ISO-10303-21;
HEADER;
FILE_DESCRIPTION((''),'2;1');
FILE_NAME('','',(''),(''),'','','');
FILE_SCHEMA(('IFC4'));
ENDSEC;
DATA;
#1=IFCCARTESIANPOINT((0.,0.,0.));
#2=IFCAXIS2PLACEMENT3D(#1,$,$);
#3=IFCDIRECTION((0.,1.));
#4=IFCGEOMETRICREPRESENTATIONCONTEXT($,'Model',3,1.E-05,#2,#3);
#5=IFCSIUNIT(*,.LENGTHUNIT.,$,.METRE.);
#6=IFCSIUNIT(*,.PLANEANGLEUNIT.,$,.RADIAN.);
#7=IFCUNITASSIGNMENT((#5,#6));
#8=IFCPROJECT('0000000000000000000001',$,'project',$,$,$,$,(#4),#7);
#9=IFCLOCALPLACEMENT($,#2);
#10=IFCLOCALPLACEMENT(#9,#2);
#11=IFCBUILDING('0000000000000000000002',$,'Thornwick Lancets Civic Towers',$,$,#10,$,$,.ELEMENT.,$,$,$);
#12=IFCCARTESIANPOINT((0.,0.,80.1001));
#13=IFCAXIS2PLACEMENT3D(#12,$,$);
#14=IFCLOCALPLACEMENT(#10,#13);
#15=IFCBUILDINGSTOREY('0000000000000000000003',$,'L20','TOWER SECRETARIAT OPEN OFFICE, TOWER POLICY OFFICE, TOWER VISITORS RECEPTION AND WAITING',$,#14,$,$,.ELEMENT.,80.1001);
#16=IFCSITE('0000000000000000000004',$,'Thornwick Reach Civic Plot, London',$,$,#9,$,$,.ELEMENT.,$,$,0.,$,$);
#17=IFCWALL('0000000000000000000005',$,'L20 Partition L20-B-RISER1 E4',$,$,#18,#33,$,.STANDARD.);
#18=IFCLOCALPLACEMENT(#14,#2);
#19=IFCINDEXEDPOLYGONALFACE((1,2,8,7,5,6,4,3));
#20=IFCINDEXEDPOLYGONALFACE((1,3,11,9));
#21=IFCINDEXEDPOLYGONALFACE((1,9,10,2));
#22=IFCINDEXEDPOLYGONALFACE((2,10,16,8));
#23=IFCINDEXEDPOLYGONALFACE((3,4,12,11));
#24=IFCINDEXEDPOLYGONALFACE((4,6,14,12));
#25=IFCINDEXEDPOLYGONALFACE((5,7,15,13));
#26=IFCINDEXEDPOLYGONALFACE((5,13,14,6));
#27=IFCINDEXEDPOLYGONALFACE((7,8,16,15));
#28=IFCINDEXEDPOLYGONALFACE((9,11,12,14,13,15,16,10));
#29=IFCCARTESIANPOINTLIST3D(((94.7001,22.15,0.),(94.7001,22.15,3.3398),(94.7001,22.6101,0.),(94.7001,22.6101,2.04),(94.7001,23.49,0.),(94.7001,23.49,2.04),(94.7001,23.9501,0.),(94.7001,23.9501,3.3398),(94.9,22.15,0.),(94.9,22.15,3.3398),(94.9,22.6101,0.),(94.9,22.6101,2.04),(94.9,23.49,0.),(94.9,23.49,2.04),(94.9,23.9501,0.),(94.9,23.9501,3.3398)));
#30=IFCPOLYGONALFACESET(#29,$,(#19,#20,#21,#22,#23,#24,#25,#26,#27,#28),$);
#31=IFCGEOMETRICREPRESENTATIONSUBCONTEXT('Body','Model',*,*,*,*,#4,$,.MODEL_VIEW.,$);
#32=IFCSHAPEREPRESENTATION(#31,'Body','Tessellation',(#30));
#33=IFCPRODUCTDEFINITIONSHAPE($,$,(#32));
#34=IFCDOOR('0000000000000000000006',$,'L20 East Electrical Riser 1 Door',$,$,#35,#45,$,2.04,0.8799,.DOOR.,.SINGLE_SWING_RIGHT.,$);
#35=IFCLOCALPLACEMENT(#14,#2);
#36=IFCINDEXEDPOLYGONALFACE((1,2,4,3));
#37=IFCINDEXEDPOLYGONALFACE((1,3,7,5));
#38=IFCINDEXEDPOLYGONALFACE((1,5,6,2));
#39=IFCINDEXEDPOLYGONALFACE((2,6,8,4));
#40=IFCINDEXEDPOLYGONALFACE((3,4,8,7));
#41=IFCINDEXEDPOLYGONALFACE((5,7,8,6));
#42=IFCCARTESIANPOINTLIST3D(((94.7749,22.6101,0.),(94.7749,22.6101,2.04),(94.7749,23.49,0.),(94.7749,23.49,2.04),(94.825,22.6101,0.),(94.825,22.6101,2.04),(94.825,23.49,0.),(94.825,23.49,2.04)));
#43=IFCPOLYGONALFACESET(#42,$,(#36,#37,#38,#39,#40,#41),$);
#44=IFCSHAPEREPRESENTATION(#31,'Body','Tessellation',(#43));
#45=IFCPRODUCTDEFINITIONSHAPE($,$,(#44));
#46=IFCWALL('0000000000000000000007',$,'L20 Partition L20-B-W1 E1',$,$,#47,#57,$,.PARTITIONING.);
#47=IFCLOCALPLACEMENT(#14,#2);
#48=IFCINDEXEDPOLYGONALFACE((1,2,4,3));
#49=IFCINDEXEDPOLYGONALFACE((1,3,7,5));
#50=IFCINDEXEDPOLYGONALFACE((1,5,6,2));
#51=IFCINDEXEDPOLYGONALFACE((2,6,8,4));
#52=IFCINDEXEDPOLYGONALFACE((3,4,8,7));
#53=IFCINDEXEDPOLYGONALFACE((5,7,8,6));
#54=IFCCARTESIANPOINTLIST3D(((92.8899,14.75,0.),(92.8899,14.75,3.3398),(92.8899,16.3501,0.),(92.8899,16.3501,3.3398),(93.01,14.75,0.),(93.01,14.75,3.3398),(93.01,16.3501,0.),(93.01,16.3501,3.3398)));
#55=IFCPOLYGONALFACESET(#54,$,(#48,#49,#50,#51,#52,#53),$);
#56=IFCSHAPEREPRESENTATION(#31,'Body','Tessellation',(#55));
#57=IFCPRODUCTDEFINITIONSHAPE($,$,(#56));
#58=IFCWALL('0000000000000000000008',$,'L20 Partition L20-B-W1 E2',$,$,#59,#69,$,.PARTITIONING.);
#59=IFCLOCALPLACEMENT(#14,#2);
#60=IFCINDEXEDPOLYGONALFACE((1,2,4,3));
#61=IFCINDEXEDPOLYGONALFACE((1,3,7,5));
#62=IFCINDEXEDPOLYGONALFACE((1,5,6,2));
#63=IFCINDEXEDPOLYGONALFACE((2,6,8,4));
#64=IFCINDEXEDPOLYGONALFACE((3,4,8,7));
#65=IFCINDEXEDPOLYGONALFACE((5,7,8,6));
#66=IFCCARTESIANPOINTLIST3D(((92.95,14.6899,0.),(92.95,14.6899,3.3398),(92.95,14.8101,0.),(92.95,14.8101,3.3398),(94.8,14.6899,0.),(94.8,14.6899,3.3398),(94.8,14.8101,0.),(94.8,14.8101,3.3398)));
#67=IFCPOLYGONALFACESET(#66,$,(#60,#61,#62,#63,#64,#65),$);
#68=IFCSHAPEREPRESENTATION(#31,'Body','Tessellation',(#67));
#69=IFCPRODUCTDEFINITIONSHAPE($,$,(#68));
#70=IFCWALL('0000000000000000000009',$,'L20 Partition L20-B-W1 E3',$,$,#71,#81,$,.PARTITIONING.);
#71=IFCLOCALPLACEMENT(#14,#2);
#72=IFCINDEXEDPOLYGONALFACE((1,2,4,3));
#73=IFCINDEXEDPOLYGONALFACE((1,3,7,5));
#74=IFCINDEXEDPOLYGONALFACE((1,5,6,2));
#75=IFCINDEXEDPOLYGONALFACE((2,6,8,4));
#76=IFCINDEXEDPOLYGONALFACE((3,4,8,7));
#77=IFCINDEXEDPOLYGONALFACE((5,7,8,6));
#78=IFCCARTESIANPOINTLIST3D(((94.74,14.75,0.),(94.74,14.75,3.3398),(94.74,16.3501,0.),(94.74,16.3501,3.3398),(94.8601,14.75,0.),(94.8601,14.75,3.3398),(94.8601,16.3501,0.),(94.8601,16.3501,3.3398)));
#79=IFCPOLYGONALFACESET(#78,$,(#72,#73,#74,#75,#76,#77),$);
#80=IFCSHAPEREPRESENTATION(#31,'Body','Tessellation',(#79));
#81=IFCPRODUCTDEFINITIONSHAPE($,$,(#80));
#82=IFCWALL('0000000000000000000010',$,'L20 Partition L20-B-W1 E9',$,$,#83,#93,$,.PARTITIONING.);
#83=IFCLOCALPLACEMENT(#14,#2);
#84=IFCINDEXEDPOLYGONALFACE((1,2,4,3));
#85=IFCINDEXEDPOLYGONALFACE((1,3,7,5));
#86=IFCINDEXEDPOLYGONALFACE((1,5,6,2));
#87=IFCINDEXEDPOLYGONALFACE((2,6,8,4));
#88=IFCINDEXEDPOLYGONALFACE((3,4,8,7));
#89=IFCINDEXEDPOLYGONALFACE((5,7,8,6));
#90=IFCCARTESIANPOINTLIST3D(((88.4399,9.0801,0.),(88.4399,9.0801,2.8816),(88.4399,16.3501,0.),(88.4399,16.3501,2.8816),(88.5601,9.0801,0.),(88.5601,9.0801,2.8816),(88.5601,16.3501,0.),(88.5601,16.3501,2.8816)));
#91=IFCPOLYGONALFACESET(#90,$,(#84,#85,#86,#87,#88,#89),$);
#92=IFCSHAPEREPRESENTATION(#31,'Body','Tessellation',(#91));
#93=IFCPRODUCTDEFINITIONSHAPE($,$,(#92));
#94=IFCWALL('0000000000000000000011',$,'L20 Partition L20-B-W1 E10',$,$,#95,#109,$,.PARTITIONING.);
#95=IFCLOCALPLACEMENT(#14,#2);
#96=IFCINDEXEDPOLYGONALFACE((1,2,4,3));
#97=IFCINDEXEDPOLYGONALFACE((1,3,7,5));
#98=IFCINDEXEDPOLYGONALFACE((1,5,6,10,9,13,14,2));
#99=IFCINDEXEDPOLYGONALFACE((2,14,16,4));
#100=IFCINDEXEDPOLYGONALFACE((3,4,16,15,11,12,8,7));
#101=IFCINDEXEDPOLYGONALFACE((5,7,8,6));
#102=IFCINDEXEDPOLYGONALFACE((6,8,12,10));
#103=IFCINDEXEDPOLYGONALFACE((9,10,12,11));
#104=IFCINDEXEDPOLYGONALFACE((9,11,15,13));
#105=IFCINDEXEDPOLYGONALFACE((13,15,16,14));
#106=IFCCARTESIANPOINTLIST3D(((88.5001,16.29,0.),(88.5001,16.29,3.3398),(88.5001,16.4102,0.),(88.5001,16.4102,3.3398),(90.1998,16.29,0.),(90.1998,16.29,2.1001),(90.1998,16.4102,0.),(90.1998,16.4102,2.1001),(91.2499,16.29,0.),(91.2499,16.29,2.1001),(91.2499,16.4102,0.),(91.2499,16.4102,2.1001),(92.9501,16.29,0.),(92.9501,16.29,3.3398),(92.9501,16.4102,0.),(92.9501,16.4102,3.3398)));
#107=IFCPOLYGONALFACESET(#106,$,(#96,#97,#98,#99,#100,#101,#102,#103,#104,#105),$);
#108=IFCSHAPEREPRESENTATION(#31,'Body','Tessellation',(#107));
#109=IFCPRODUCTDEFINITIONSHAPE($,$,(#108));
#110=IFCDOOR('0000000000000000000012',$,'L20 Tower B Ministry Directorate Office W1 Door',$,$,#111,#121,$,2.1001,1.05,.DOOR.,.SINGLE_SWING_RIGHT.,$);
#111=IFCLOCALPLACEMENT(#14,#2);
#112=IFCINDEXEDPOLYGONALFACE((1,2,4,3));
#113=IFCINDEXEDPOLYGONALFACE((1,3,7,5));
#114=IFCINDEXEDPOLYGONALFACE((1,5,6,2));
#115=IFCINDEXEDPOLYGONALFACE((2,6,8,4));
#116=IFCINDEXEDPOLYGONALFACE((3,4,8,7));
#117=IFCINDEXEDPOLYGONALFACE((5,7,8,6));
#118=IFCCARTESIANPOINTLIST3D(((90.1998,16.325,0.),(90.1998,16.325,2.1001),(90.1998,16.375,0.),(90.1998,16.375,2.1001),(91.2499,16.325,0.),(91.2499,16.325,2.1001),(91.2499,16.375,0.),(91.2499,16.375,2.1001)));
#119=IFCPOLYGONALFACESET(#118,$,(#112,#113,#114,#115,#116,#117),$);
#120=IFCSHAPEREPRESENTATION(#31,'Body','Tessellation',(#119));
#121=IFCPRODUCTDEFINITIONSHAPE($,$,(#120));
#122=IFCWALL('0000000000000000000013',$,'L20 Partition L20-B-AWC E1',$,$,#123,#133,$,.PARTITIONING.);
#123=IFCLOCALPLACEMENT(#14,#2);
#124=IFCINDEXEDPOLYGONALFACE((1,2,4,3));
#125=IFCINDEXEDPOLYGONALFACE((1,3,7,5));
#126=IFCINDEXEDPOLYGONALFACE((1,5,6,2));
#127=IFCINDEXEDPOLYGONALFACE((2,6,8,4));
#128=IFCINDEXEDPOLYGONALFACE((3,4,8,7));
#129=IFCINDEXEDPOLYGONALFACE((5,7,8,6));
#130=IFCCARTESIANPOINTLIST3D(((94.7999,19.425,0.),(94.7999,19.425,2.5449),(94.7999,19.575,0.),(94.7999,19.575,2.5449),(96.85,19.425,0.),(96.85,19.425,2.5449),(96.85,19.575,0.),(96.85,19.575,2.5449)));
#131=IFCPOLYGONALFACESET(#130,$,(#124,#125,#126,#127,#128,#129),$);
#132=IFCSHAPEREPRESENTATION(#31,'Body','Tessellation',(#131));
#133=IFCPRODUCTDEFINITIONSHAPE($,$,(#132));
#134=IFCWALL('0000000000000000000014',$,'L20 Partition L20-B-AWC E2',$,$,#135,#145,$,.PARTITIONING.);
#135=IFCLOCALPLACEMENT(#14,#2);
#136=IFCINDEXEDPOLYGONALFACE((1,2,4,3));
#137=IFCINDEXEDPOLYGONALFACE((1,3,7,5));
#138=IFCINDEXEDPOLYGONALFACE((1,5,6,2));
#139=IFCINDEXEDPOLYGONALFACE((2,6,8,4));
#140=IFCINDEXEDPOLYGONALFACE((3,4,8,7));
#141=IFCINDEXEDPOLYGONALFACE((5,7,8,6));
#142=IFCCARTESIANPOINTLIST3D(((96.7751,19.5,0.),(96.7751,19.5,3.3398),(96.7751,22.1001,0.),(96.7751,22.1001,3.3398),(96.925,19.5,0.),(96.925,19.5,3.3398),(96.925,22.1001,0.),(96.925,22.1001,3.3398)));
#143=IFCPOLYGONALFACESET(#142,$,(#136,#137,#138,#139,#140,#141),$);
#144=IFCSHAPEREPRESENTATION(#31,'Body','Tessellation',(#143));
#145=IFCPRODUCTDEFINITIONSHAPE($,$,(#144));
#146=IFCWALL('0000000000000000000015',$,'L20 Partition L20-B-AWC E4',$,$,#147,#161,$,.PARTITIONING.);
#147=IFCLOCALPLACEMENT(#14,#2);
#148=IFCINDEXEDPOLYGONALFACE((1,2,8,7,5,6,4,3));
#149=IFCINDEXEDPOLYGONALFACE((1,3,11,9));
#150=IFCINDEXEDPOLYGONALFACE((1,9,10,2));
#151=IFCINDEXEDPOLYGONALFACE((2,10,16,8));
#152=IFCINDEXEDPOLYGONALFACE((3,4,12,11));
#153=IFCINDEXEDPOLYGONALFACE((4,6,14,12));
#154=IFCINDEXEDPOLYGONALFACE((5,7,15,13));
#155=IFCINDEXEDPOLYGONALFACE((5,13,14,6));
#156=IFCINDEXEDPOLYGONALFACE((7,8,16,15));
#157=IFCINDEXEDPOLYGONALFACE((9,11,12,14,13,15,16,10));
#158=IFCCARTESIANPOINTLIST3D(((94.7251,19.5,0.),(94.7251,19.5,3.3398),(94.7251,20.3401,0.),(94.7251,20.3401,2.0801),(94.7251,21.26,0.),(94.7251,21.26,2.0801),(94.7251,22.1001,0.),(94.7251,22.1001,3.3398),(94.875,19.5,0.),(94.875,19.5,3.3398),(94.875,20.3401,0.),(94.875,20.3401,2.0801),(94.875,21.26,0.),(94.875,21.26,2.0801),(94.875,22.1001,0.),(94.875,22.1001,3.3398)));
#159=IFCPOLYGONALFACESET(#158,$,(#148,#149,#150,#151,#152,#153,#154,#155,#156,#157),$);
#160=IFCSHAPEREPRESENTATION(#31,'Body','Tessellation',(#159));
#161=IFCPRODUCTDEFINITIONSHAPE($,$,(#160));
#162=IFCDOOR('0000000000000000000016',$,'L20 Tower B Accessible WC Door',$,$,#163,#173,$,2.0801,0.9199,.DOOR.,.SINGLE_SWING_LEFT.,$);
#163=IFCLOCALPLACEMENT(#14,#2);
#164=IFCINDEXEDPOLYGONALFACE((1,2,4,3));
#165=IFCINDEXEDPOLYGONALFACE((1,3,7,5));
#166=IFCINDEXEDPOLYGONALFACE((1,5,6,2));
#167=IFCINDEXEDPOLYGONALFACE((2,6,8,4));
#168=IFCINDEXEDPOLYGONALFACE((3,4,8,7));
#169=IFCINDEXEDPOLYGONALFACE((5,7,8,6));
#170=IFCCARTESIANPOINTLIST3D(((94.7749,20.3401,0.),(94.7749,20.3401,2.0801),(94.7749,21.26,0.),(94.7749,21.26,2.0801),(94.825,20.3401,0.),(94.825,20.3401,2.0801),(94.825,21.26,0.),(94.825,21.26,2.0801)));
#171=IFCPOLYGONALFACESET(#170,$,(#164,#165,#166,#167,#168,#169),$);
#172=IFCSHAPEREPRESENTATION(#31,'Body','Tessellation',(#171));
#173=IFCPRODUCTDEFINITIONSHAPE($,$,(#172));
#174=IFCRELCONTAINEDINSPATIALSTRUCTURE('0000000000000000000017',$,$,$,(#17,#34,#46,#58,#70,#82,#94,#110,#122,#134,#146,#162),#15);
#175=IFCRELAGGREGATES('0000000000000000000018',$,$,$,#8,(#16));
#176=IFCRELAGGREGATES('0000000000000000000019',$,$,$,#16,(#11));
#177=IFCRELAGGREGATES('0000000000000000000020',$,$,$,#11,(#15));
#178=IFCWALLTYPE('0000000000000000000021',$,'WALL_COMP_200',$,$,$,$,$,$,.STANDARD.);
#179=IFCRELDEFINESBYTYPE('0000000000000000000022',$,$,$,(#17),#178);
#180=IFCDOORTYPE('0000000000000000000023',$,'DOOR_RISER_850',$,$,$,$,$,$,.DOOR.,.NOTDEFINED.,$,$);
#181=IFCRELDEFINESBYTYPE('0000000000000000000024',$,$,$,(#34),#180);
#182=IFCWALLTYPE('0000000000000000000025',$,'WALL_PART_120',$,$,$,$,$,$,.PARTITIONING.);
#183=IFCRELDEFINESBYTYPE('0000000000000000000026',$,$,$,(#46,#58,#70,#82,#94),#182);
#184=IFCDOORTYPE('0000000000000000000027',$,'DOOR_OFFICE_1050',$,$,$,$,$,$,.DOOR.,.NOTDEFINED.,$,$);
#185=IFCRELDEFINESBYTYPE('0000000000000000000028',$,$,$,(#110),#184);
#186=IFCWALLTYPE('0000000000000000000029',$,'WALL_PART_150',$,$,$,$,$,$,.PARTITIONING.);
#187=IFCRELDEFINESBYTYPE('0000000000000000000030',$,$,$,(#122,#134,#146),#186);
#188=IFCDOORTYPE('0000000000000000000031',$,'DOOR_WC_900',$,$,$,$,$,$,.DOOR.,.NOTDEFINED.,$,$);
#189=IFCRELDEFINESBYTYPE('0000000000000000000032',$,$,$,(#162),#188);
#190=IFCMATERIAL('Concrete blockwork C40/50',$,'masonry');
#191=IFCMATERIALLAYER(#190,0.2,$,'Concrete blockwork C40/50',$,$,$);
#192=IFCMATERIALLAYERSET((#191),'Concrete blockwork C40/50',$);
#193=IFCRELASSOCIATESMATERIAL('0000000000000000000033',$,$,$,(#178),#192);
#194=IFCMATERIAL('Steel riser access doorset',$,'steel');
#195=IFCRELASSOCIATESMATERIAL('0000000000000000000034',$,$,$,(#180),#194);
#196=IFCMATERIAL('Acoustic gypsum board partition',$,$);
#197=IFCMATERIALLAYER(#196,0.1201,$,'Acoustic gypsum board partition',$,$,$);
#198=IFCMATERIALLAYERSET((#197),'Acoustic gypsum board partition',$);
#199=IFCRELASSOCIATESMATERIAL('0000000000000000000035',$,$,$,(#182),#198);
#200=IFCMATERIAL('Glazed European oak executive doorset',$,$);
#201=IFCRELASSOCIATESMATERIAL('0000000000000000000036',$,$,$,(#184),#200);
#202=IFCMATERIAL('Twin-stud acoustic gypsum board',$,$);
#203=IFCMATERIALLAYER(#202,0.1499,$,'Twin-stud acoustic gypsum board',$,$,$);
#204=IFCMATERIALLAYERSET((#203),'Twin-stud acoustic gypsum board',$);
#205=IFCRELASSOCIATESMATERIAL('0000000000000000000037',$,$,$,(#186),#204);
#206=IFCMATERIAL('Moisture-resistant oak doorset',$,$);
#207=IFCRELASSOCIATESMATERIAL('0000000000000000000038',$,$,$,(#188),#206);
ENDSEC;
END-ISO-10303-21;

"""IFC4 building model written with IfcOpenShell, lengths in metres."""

from ifc_helpers import new_model, si_unit, direction, frame, frame_2d, origin, place, context, subcontext, project, spatial, rectangle, extrude, material, layer, layer_set, type_object, element, fill, save


model = new_model("IFC4")

# Units and contexts
model_context = context("Model", 3, precision=1e-05, world=origin(), true_north=direction((0.0, 1.0)))
body_context = subcontext(model_context, "Body", "Model", "MODEL_VIEW")
ifc_project = project(units=[si_unit("LENGTHUNIT", "METRE"), si_unit("PLANEANGLEUNIT", "RADIAN")], contexts=[model_context])

# Site, building, storey
site_placement = place(None, origin())
site = spatial("IfcSite", under=ifc_project, at=site_placement, Name="Thornwick Reach Civic Plot, London", CompositionType="ELEMENT", RefElevation=0.0)
building_placement = place(site_placement, origin())
building = spatial("IfcBuilding", under=site, at=building_placement, Name="Thornwick Lancets Civic Towers", CompositionType="ELEMENT")
storey_placement = place(building_placement, frame((0.0, 0.0, 80.1001)))
storey = spatial("IfcBuildingStorey", under=building, at=storey_placement, Name="L20", Description="TOWER SECRETARIAT OPEN OFFICE, TOWER POLICY OFFICE, TOWER VISITORS RECEPTION AND WAITING", CompositionType="ELEMENT", Elevation=80.1001)

# Shared definitions
ifc_material_1 = material(Name="Concrete blockwork C40/50", Category="masonry")
ifc_layer_1 = layer(ifc_material_1, 0.2, Name="Concrete blockwork C40/50")
ifc_layer_set_1 = layer_set([ifc_layer_1], Name="Concrete blockwork C40/50")
wall_type_1 = type_object("IfcWallType", Name="WALL_COMP_200", PredefinedType="STANDARD", material=ifc_layer_set_1)

# Wall, opening, door
wall_1_placement = place(storey_placement, frame((94.8, 23.95, 0.0), z_axis=(0.0, 0.0, 1.0), x_axis=(0.0, -1.0, 0.0)))
wall_1 = element("IfcWall", 1, at=wall_1_placement, inside=storey, type_object=wall_type_1, Name="L20 Partition L20-B-RISER1 E4", PredefinedType="STANDARD", context=body_context, shape_type="SweptSolid", body=[
    extrude(rectangle(XDim=1.8, YDim=0.2, at=frame_2d((0.8999, 0.0))), origin(), (0.0, 0.0, 1.0), 3.3398),
])
opening_1_placement = place(wall_1_placement, frame((0.46, 0.0, 0.0)))
opening_1 = element("IfcOpeningElement", 2, at=opening_1_placement, cuts=wall_1, PredefinedType="OPENING", context=body_context, shape_type="SweptSolid", body=[
    extrude(rectangle(XDim=0.8799, YDim=2.04, at=frame_2d((0.4399, 1.02))), frame((0.0, 0.1099, 0.0), z_axis=(0.0, -1.0, 0.0), x_axis=(1.0, 0.0, 0.0)), (0.0, 0.0, 1.0), 0.22),
])
ifc_material_2 = material(Name="Steel riser access doorset", Category="steel")
door_type_1 = type_object("IfcDoorType", Name="DOOR_RISER_850", OperationType="NOTDEFINED", PredefinedType="DOOR", material=ifc_material_2)
door_1_placement = place(opening_1_placement, origin())
door_1 = element("IfcDoor", 3, at=door_1_placement, inside=storey, type_object=door_type_1, Name="L20 East Electrical Riser 1 Door", OperationType="SINGLE_SWING_RIGHT", OverallHeight=2.04, OverallWidth=0.8799, PredefinedType="DOOR", context=body_context, shape_type="SweptSolid", body=[
    extrude(rectangle(XDim=0.8799, YDim=2.04, at=frame_2d((0.4399, 1.02))), frame((0.0, 0.0249, 0.0), z_axis=(0.0, -1.0, 0.0), x_axis=(1.0, 0.0, 0.0)), (0.0, 0.0, 1.0), 0.05),
])
fill(opening_1, door_1)

# Walls
ifc_material_3 = material(Name="Acoustic gypsum board partition")
ifc_layer_2 = layer(ifc_material_3, 0.1201, Name="Acoustic gypsum board partition")
ifc_layer_set_2 = layer_set([ifc_layer_2], Name="Acoustic gypsum board partition")
wall_type_2 = type_object("IfcWallType", Name="WALL_PART_120", PredefinedType="PARTITIONING", material=ifc_layer_set_2)
wall_2_placement = place(storey_placement, frame((92.95, 16.3501, 0.0), z_axis=(0.0, 0.0, 1.0), x_axis=(0.0, -1.0, 0.0)))
element("IfcWall", 4, at=wall_2_placement, inside=storey, type_object=wall_type_2, Name="L20 Partition L20-B-W1 E1", PredefinedType="PARTITIONING", context=body_context, shape_type="SweptSolid", body=[
    extrude(rectangle(XDim=1.6001, YDim=0.1201, at=frame_2d((0.8, 0.0))), origin(), (0.0, 0.0, 1.0), 3.3398),
])
wall_3_placement = place(storey_placement, frame((92.95, 14.75, 0.0), z_axis=(0.0, 0.0, 1.0), x_axis=(1.0, 0.0, 0.0)))
element("IfcWall", 5, at=wall_3_placement, inside=storey, type_object=wall_type_2, Name="L20 Partition L20-B-W1 E2", PredefinedType="PARTITIONING", context=body_context, shape_type="SweptSolid", body=[
    extrude(rectangle(XDim=1.8501, YDim=0.1201, at=frame_2d((0.925, 0.0))), origin(), (0.0, 0.0, 1.0), 3.3398),
])
wall_4_placement = place(storey_placement, frame((94.8, 14.75, 0.0), z_axis=(0.0, 0.0, 1.0), x_axis=(0.0, 1.0, 0.0)))
element("IfcWall", 6, at=wall_4_placement, inside=storey, type_object=wall_type_2, Name="L20 Partition L20-B-W1 E3", PredefinedType="PARTITIONING", context=body_context, shape_type="SweptSolid", body=[
    extrude(rectangle(XDim=1.6001, YDim=0.1201, at=frame_2d((0.8, 0.0))), origin(), (0.0, 0.0, 1.0), 3.3398),
])
wall_5_placement = place(storey_placement, frame((88.5, 9.0801, 0.0), z_axis=(0.0, 0.0, 1.0), x_axis=(0.0, 1.0, 0.0)))
element("IfcWall", 7, at=wall_5_placement, inside=storey, type_object=wall_type_2, Name="L20 Partition L20-B-W1 E9", PredefinedType="PARTITIONING", context=body_context, shape_type="SweptSolid", body=[
    extrude(rectangle(XDim=7.27, YDim=0.1201, at=frame_2d((3.635, 0.0))), origin(), (0.0, 0.0, 1.0), 2.8816),
])

# Wall, opening, door
wall_6_placement = place(storey_placement, frame((88.5, 16.3501, 0.0), z_axis=(0.0, 0.0, 1.0), x_axis=(1.0, 0.0, 0.0)))
wall_6 = element("IfcWall", 8, at=wall_6_placement, inside=storey, type_object=wall_type_2, Name="L20 Partition L20-B-W1 E10", PredefinedType="PARTITIONING", context=body_context, shape_type="SweptSolid", body=[
    extrude(rectangle(XDim=4.45, YDim=0.1201, at=frame_2d((2.2251, 0.0))), origin(), (0.0, 0.0, 1.0), 3.3398),
])
opening_2_placement = place(wall_6_placement, frame((1.7, 0.0, 0.0)))
opening_2 = element("IfcOpeningElement", 9, at=opening_2_placement, cuts=wall_6, PredefinedType="OPENING", context=body_context, shape_type="SweptSolid", body=[
    extrude(rectangle(XDim=1.05, YDim=2.1001, at=frame_2d((0.5249, 1.05))), frame((0.0, 0.0701, 0.0), z_axis=(0.0, -1.0, 0.0), x_axis=(1.0, 0.0, 0.0)), (0.0, 0.0, 1.0), 0.1401),
])
ifc_material_4 = material(Name="Glazed European oak executive doorset")
door_type_2 = type_object("IfcDoorType", Name="DOOR_OFFICE_1050", OperationType="NOTDEFINED", PredefinedType="DOOR", material=ifc_material_4)
door_2_placement = place(opening_2_placement, origin())
door_2 = element("IfcDoor", 10, at=door_2_placement, inside=storey, type_object=door_type_2, Name="L20 Tower B Ministry Directorate Office W1 Door", OperationType="SINGLE_SWING_RIGHT", OverallHeight=2.1001, OverallWidth=1.05, PredefinedType="DOOR", context=body_context, shape_type="SweptSolid", body=[
    extrude(rectangle(XDim=1.05, YDim=2.1001, at=frame_2d((0.5249, 1.05))), frame((0.0, 0.0249, 0.0), z_axis=(0.0, -1.0, 0.0), x_axis=(1.0, 0.0, 0.0)), (0.0, 0.0, 1.0), 0.05),
])
fill(opening_2, door_2)

# Walls
ifc_material_5 = material(Name="Twin-stud acoustic gypsum board")
ifc_layer_3 = layer(ifc_material_5, 0.1499, Name="Twin-stud acoustic gypsum board")
ifc_layer_set_3 = layer_set([ifc_layer_3], Name="Twin-stud acoustic gypsum board")
wall_type_3 = type_object("IfcWallType", Name="WALL_PART_150", PredefinedType="PARTITIONING", material=ifc_layer_set_3)
wall_7_placement = place(storey_placement, frame((94.8, 19.5, 0.0), z_axis=(0.0, 0.0, 1.0), x_axis=(1.0, 0.0, 0.0)))
element("IfcWall", 11, at=wall_7_placement, inside=storey, type_object=wall_type_3, Name="L20 Partition L20-B-AWC E1", PredefinedType="PARTITIONING", context=body_context, shape_type="SweptSolid", body=[
    extrude(rectangle(XDim=2.05, YDim=0.1499, at=frame_2d((1.0249, 0.0))), origin(), (0.0, 0.0, 1.0), 2.5449),
])
wall_8_placement = place(storey_placement, frame((96.8501, 19.5, 0.0), z_axis=(0.0, 0.0, 1.0), x_axis=(0.0, 1.0, 0.0)))
element("IfcWall", 12, at=wall_8_placement, inside=storey, type_object=wall_type_3, Name="L20 Partition L20-B-AWC E2", PredefinedType="PARTITIONING", context=body_context, shape_type="SweptSolid", body=[
    extrude(rectangle(XDim=2.6001, YDim=0.1499, at=frame_2d((1.3, 0.0))), origin(), (0.0, 0.0, 1.0), 3.3398),
])

# Wall, opening, door
wall_9_placement = place(storey_placement, frame((94.8, 22.1001, 0.0), z_axis=(0.0, 0.0, 1.0), x_axis=(0.0, -1.0, 0.0)))
wall_9 = element("IfcWall", 13, at=wall_9_placement, inside=storey, type_object=wall_type_3, Name="L20 Partition L20-B-AWC E4", PredefinedType="PARTITIONING", context=body_context, shape_type="SweptSolid", body=[
    extrude(rectangle(XDim=2.6001, YDim=0.1499, at=frame_2d((1.3, 0.0))), origin(), (0.0, 0.0, 1.0), 3.3398),
])
opening_3_placement = place(wall_9_placement, frame((0.8401, 0.0, 0.0)))
opening_3 = element("IfcOpeningElement", 14, at=opening_3_placement, cuts=wall_9, PredefinedType="OPENING", context=body_context, shape_type="SweptSolid", body=[
    extrude(rectangle(XDim=0.9199, YDim=2.0801, at=frame_2d((0.46, 1.04))), frame((0.0, 0.085, 0.0), z_axis=(0.0, -1.0, 0.0), x_axis=(1.0, 0.0, 0.0)), (0.0, 0.0, 1.0), 0.1699),
])
ifc_material_6 = material(Name="Moisture-resistant oak doorset")
door_type_3 = type_object("IfcDoorType", Name="DOOR_WC_900", OperationType="NOTDEFINED", PredefinedType="DOOR", material=ifc_material_6)
door_3_placement = place(opening_3_placement, origin())
door_3 = element("IfcDoor", 15, at=door_3_placement, inside=storey, type_object=door_type_3, Name="L20 Tower B Accessible WC Door", OperationType="SINGLE_SWING_LEFT", OverallHeight=2.0801, OverallWidth=0.9199, PredefinedType="DOOR", context=body_context, shape_type="SweptSolid", body=[
    extrude(rectangle(XDim=0.9199, YDim=2.0801, at=frame_2d((0.46, 1.04))), frame((0.0, 0.0249, 0.0), z_axis=(0.0, -1.0, 0.0), x_axis=(1.0, 0.0, 0.0)), (0.0, 0.0, 1.0), 0.05),
])
fill(opening_3, door_3)

save(model, "model.ifc")
